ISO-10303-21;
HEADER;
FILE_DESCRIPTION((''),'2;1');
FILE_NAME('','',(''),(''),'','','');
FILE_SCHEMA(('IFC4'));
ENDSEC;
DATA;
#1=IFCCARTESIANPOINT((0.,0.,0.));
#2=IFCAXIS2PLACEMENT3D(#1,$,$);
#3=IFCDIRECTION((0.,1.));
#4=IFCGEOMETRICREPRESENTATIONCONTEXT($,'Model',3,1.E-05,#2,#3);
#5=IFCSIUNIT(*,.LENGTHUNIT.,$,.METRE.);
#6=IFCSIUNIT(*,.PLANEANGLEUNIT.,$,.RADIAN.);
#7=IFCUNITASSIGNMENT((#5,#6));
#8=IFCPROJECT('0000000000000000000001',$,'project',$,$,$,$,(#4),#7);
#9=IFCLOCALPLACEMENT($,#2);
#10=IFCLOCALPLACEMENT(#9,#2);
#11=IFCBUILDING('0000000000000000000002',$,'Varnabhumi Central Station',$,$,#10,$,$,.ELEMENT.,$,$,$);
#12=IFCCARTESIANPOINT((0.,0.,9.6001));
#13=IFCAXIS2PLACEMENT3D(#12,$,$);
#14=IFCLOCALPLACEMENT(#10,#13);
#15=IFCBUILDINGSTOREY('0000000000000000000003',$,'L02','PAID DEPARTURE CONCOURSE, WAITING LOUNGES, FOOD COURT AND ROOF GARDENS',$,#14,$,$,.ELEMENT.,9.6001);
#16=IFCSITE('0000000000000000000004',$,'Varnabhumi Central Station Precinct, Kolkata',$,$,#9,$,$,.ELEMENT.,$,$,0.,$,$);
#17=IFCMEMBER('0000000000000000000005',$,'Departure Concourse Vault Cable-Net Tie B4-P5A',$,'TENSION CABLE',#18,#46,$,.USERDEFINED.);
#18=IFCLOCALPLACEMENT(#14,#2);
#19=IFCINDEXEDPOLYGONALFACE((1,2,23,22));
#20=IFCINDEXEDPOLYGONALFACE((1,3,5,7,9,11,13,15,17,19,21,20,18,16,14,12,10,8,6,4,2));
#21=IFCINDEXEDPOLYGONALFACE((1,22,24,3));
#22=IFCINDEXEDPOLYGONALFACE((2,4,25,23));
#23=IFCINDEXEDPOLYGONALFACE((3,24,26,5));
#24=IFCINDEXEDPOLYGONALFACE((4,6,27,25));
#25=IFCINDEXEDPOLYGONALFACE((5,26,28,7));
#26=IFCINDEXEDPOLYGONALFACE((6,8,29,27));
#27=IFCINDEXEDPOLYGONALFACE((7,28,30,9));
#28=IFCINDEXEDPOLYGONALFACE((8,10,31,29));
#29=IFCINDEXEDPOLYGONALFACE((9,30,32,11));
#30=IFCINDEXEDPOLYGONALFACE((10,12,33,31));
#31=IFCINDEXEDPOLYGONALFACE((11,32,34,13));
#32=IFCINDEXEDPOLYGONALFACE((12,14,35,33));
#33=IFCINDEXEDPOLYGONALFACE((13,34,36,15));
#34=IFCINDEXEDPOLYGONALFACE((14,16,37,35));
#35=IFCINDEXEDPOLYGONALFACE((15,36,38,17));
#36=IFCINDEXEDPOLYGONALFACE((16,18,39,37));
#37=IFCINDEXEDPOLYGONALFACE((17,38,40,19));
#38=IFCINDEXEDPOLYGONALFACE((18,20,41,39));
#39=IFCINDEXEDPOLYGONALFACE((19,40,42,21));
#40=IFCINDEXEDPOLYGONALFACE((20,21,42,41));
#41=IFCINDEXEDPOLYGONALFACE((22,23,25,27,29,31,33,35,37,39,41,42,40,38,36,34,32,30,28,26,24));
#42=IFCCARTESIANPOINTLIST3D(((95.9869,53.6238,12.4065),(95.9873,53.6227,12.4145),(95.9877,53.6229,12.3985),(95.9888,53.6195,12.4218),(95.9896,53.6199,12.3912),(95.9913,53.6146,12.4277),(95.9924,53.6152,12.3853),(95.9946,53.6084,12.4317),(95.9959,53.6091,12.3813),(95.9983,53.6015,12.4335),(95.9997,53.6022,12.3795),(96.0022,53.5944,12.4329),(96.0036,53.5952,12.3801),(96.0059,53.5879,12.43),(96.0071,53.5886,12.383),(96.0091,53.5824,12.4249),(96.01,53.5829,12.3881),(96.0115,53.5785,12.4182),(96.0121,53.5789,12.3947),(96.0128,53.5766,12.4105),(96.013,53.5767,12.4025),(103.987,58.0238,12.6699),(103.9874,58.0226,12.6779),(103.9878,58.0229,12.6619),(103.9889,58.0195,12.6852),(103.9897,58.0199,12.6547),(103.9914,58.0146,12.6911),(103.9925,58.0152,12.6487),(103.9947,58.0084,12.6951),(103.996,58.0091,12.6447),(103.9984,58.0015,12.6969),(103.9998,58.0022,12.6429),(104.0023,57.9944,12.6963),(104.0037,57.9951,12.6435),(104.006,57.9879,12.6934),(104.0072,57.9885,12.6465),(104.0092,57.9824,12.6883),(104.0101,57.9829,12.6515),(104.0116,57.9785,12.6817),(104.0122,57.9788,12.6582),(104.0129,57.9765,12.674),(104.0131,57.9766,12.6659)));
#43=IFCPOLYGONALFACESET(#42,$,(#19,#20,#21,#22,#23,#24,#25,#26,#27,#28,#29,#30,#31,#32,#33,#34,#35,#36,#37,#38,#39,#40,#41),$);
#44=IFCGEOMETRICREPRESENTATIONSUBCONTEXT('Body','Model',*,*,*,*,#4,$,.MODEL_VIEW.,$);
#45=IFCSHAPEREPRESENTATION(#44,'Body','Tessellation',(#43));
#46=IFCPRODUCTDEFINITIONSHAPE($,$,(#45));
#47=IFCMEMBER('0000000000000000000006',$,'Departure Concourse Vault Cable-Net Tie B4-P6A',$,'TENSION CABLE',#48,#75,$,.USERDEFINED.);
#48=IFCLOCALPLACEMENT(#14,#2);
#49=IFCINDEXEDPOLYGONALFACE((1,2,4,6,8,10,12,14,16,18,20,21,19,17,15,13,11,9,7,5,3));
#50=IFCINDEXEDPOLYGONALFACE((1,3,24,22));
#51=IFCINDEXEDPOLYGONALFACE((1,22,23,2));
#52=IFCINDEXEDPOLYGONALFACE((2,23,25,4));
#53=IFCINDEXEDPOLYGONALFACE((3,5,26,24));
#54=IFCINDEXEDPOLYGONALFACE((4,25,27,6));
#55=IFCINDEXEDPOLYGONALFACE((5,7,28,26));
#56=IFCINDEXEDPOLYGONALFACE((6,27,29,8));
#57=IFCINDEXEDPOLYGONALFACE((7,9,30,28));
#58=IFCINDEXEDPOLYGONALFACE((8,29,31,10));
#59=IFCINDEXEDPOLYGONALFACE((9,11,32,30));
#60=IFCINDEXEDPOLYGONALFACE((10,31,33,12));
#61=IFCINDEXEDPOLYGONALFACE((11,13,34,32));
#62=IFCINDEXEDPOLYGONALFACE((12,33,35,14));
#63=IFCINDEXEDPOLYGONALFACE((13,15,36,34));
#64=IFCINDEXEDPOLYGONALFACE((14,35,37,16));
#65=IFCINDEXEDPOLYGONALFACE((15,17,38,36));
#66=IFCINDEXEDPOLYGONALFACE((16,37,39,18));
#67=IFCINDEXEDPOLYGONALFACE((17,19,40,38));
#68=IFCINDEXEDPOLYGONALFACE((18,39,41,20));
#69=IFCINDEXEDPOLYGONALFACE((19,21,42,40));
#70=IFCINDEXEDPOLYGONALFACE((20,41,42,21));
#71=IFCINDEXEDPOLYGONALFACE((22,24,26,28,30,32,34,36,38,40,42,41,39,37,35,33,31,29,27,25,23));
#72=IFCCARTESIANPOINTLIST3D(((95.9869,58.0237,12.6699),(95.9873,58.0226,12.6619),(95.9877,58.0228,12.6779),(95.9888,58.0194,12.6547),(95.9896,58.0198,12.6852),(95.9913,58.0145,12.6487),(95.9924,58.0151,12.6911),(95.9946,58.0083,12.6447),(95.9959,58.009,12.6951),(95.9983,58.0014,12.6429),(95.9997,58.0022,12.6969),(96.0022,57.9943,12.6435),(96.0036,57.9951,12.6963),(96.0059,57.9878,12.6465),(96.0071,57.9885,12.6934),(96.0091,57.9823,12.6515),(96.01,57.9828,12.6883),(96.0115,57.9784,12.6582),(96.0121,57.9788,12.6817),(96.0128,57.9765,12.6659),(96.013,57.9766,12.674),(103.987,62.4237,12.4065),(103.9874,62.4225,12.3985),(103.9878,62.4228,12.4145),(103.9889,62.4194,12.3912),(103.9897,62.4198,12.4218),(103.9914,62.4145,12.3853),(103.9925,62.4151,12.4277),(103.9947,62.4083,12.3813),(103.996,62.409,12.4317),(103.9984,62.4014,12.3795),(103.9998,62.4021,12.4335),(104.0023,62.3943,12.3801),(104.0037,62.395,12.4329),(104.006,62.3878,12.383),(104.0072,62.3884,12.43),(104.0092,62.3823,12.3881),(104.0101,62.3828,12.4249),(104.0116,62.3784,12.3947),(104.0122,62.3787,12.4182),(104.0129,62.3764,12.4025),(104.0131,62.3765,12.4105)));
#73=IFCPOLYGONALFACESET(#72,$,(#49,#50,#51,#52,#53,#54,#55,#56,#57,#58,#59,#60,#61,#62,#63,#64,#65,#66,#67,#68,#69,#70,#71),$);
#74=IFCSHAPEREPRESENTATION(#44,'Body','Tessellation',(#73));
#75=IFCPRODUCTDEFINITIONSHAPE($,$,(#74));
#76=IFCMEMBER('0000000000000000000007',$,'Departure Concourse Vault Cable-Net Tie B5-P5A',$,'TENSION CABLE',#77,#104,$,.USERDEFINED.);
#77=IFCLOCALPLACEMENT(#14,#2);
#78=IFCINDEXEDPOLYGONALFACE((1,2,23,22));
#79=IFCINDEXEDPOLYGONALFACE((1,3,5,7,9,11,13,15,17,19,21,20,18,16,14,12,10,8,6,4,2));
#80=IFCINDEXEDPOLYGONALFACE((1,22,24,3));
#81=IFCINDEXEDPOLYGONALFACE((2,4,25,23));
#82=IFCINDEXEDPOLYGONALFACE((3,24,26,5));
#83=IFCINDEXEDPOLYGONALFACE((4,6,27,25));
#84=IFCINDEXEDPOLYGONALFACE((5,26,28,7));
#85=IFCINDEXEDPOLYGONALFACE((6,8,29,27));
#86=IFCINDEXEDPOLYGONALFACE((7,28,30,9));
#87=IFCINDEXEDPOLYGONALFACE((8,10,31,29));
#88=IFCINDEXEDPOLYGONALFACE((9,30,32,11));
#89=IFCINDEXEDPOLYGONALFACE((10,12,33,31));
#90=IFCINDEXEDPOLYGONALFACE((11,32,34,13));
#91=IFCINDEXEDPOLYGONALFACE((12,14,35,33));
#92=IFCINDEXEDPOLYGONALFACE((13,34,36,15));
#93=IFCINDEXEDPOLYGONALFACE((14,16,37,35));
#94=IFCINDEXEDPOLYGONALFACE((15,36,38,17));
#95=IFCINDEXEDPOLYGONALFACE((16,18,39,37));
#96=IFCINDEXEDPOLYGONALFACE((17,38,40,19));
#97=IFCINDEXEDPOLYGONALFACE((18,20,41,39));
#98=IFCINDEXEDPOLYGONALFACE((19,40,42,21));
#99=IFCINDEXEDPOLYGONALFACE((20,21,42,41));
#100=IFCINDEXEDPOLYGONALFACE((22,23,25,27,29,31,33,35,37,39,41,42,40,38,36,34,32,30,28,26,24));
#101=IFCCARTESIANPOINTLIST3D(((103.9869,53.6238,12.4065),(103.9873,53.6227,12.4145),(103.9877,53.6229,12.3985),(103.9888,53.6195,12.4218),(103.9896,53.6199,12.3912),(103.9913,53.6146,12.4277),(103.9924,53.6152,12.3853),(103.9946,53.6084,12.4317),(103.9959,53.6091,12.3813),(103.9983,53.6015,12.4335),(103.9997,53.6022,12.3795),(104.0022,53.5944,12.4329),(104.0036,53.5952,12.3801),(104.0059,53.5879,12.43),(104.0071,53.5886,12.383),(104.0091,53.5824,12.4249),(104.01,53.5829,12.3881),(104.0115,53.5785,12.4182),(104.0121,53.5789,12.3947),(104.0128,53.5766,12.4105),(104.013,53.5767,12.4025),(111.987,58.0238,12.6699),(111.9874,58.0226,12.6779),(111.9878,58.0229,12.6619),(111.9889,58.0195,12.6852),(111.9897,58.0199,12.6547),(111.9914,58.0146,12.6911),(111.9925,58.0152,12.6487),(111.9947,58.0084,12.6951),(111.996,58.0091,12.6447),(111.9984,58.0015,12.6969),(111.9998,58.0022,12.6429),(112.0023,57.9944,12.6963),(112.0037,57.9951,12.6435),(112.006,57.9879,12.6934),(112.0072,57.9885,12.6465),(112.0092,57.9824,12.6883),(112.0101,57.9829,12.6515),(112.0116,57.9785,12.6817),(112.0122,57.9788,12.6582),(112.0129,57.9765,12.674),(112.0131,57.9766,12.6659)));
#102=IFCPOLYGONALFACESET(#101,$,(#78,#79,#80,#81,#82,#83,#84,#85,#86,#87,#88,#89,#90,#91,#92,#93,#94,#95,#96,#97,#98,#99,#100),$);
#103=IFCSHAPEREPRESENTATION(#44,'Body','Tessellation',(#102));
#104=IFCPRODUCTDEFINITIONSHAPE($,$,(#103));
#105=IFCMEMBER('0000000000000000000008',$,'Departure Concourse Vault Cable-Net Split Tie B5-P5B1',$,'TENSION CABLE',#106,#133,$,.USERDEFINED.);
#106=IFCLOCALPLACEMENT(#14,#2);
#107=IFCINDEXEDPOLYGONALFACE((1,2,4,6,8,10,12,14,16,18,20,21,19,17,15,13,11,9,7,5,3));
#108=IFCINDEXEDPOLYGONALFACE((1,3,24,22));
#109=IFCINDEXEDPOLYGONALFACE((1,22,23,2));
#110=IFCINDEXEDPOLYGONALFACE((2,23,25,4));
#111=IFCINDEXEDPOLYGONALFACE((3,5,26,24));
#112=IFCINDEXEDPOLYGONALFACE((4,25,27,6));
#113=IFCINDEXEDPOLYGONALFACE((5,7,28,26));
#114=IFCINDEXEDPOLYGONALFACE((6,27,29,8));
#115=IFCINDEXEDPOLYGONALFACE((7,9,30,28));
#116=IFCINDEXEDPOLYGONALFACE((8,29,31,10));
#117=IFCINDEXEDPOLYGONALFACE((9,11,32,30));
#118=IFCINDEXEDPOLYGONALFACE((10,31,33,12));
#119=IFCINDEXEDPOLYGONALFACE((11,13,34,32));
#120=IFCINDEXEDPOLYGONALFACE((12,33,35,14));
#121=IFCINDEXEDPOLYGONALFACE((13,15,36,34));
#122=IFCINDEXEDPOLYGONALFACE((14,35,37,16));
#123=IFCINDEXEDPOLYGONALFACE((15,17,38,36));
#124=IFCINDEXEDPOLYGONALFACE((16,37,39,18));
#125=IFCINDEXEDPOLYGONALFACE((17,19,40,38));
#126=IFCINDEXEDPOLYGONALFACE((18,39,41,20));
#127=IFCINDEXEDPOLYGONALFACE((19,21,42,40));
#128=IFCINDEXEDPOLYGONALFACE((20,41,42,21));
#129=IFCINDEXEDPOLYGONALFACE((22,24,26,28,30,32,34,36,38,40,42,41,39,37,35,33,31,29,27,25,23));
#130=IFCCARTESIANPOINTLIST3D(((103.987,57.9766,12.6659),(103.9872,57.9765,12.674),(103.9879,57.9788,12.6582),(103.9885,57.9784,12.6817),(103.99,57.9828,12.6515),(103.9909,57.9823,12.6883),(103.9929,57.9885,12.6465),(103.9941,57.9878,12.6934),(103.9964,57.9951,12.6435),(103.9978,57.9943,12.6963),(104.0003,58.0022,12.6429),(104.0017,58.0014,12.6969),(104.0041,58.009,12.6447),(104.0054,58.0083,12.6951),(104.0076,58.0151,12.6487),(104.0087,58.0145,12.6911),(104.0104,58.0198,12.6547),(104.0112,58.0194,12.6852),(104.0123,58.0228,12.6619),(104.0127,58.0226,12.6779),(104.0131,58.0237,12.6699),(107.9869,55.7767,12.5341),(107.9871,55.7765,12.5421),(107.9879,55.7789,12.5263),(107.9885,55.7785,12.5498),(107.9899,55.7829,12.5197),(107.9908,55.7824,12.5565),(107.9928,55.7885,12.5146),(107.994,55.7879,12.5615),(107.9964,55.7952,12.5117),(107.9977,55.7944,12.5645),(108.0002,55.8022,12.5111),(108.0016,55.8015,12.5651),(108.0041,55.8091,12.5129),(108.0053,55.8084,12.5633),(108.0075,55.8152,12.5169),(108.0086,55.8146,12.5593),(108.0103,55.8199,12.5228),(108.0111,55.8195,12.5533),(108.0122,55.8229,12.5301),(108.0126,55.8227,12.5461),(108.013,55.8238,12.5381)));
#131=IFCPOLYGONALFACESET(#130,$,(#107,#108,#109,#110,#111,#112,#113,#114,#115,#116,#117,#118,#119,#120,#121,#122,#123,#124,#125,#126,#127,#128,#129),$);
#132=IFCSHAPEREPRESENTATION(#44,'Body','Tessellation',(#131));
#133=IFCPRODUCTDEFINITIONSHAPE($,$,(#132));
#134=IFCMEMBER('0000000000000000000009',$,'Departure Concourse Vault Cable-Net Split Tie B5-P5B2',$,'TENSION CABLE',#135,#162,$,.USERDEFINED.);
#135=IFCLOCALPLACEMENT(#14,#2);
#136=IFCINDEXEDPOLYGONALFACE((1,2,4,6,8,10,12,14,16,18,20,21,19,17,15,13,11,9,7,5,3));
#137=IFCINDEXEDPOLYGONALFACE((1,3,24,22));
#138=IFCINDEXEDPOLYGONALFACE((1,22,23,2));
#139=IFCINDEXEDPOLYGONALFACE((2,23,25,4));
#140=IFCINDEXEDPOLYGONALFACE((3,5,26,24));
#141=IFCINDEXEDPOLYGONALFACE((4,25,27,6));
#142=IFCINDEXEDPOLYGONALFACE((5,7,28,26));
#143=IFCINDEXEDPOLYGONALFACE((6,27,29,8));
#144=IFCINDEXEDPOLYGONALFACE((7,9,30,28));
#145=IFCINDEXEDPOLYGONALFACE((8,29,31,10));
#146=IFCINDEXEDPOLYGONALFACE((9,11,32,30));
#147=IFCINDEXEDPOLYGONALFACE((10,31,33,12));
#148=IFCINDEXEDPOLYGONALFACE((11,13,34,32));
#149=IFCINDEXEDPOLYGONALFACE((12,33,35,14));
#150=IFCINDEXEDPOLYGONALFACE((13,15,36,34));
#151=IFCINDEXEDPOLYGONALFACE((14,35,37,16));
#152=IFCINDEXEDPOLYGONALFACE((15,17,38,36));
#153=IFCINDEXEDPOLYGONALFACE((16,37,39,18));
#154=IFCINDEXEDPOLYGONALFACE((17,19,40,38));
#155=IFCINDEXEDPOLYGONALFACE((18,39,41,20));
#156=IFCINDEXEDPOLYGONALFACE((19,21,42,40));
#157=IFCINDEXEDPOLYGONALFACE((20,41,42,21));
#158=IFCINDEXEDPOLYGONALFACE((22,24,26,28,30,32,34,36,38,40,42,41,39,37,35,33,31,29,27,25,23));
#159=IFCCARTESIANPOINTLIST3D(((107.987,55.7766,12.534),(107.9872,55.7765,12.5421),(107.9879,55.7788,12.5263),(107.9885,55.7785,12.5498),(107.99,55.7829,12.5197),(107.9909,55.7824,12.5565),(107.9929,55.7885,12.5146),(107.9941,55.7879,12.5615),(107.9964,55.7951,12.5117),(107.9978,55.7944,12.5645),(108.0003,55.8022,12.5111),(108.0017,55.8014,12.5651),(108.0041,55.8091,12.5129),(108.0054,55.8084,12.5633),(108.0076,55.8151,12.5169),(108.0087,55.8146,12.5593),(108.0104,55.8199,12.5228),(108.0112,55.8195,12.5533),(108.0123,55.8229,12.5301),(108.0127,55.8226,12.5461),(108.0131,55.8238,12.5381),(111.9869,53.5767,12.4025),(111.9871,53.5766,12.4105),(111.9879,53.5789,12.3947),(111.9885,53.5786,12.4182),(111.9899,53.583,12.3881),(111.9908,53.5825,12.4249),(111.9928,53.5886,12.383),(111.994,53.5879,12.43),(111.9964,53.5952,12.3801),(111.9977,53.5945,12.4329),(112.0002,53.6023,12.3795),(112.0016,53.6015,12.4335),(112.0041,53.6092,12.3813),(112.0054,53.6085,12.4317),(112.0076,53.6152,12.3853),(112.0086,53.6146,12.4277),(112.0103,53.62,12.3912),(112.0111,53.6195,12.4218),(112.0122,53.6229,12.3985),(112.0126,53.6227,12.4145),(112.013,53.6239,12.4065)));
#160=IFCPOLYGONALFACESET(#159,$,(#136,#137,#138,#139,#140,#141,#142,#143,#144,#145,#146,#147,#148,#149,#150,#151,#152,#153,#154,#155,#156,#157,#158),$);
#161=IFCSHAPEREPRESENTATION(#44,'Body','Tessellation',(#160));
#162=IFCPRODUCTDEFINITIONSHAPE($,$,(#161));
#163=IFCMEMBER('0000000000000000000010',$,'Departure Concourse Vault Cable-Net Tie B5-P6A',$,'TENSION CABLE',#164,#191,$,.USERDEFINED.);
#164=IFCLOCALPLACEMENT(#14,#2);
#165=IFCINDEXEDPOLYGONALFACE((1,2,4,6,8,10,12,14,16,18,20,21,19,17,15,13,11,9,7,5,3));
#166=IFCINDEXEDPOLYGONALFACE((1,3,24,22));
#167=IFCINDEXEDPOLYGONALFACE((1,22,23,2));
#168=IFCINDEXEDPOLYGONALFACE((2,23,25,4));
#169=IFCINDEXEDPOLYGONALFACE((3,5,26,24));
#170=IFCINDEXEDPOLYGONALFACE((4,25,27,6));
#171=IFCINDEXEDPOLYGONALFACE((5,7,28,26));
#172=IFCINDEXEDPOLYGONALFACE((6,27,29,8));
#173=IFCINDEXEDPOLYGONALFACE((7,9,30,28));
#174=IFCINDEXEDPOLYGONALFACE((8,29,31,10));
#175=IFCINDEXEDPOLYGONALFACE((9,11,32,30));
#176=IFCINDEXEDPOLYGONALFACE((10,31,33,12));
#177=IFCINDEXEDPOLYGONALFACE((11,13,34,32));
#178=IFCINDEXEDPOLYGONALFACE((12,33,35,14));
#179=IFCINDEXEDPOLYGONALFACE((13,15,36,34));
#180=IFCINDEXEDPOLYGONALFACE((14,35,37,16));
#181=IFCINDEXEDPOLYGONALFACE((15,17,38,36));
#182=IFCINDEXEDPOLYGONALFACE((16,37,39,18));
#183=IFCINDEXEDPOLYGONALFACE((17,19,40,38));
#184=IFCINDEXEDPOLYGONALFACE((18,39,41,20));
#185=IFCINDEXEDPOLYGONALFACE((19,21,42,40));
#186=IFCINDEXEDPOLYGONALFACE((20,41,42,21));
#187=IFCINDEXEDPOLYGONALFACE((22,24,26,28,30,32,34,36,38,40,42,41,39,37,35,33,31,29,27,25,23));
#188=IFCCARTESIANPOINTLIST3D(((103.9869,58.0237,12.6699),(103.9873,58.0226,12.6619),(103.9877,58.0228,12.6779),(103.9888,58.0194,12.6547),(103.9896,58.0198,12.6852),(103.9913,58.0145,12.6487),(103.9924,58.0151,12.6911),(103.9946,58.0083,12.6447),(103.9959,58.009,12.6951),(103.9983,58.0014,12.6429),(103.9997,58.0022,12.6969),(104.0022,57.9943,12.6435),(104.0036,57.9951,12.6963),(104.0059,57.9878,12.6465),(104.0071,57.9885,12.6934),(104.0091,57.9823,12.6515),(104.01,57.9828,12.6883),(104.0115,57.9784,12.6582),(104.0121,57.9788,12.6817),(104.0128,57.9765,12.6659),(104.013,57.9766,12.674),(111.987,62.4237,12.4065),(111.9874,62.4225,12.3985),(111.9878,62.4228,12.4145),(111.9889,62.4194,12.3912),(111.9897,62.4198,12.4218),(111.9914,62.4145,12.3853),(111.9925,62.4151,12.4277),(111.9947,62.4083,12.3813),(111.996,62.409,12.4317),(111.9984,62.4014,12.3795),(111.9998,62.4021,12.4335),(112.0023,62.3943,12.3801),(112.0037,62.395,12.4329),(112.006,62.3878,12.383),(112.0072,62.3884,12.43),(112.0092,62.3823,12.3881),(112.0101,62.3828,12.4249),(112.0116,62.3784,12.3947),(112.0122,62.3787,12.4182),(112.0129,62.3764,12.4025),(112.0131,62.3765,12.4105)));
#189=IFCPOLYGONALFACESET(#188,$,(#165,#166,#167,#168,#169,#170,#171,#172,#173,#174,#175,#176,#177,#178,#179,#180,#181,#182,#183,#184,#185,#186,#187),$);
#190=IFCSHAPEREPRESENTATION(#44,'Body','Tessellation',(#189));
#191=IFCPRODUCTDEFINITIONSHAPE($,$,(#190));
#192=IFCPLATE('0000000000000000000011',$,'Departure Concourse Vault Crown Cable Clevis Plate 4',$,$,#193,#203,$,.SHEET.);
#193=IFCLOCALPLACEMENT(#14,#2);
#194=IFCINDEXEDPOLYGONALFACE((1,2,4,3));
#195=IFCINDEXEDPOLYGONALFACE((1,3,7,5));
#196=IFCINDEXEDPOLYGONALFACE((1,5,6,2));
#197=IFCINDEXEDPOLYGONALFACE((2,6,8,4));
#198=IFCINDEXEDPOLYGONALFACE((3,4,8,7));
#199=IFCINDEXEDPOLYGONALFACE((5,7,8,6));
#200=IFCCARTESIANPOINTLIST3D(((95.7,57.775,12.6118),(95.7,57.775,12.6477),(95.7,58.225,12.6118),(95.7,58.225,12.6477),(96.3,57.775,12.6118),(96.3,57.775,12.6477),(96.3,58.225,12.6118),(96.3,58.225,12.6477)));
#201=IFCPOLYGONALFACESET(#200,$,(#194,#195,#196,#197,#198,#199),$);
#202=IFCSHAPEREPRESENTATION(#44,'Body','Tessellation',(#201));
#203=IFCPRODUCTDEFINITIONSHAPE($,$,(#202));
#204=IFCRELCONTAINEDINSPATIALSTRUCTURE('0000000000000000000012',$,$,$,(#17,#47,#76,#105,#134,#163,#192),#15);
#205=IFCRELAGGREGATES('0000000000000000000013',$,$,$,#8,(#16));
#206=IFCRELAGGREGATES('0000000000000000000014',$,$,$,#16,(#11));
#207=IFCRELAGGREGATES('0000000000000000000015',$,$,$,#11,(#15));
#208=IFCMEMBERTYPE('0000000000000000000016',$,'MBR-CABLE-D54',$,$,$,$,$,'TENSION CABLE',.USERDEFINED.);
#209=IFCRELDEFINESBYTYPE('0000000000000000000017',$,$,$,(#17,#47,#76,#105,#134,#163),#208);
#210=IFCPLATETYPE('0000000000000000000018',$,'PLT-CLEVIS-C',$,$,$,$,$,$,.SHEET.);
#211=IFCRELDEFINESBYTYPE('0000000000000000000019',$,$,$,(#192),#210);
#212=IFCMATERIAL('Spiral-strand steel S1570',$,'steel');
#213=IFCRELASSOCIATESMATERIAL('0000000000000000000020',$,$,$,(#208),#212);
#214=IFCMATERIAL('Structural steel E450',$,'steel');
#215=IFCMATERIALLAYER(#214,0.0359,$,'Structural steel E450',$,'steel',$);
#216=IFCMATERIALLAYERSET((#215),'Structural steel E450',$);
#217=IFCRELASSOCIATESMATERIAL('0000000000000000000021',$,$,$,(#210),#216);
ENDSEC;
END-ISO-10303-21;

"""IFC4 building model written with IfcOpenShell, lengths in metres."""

from ifc_helpers import new_model, si_unit, direction, frame, origin, origin_2d, place, context, subcontext, project, spatial, rectangle, circle, extrude, material, layer, layer_set, material_profile, profile_set, type_object, element, save


model = new_model("IFC4")

# Units and contexts
model_context = context("Model", 3, precision=1e-05, world=origin(), true_north=direction((0.0, 1.0)))
body_context = subcontext(model_context, "Body", "Model", "MODEL_VIEW")
ifc_project = project(units=[si_unit("LENGTHUNIT", "METRE"), si_unit("PLANEANGLEUNIT", "RADIAN")], contexts=[model_context])

# Site, building, storey
site_placement = place(None, origin())
site = spatial("IfcSite", under=ifc_project, at=site_placement, Name="Varnabhumi Central Station Precinct, Kolkata", CompositionType="ELEMENT", RefElevation=0.0)
building_placement = place(site_placement, origin())
building = spatial("IfcBuilding", under=site, at=building_placement, Name="Varnabhumi Central Station", CompositionType="ELEMENT")
storey_placement = place(building_placement, frame((0.0, 0.0, 9.6001)))
storey = spatial("IfcBuildingStorey", under=building, at=storey_placement, Name="L02", Description="PAID DEPARTURE CONCOURSE, WAITING LOUNGES, FOOD COURT AND ROOF GARDENS", CompositionType="ELEMENT", Elevation=9.6001)

# Members
ifc_material_1 = material(Name="Spiral-strand steel S1570", Category="steel")
ifc_material_profile_1 = material_profile(ifc_material_1, circle(Radius=0.0271, at=origin_2d()), Name="Spiral-strand steel S1570", Category="steel")
ifc_profile_set_1 = profile_set([ifc_material_profile_1], Name="Spiral-strand steel S1570")
member_type = type_object("IfcMemberType", Name="MBR-CABLE-D54", ElementType="TENSION CABLE", PredefinedType="USERDEFINED", material=ifc_profile_set_1)
for number, where, z_axis, x_axis, name in (
    (1, (96.0, 53.6001, 12.4065), (0.875856, 0.48171, 0.028841), (-0.481911, 0.87622, 0.0), "Departure Concourse Vault Cable-Net Tie B4-P5A"),
    (2, (96.0, 58.0, 12.6699), (0.875856, 0.48171, -0.028841), (-0.481911, 0.87622, 0.0), "Departure Concourse Vault Cable-Net Tie B4-P6A"),
    (3, (104.0, 53.6001, 12.4065), (0.875856, 0.48171, 0.028841), (-0.481911, 0.87622, 0.0), "Departure Concourse Vault Cable-Net Tie B5-P5A"),
):
    element("IfcMember", number, at=place(storey_placement, frame(where, z_axis=z_axis, x_axis=x_axis)), inside=storey, type_object=member_type, Name=name, ObjectType="TENSION CABLE", PredefinedType="USERDEFINED", context=body_context, shape_type="SweptSolid", body=[
        extrude(circle(Radius=0.0271, at=origin_2d()), origin(), (0.0, 0.0, 1.0), 9.134),
    ])
for number, where, z_axis, x_axis, name in (
    (4, (104.0, 58.0, 12.6699), (0.875855, -0.48171, -0.028867), (0.481911, 0.87622, 0.0), "Departure Concourse Vault Cable-Net Split Tie B5-P5B1"),
    (5, (108.0, 55.8, 12.5381), (0.875857, -0.48171, -0.028814), (0.481911, 0.87622, 0.0), "Departure Concourse Vault Cable-Net Split Tie B5-P5B2"),
):
    element("IfcMember", number, at=place(storey_placement, frame(where, z_axis=z_axis, x_axis=x_axis)), inside=storey, type_object=member_type, Name=name, ObjectType="TENSION CABLE", PredefinedType="USERDEFINED", context=body_context, shape_type="SweptSolid", body=[
        extrude(circle(Radius=0.0271, at=origin_2d()), origin(), (0.0, 0.0, 1.0), 4.5669),
    ])
member_1_placement = place(storey_placement, frame((104.0, 58.0, 12.6699), z_axis=(0.875856, 0.48171, -0.028841), x_axis=(-0.481911, 0.87622, 0.0)))
element("IfcMember", 6, at=member_1_placement, inside=storey, type_object=member_type, Name="Departure Concourse Vault Cable-Net Tie B5-P6A", ObjectType="TENSION CABLE", PredefinedType="USERDEFINED", context=body_context, shape_type="SweptSolid", body=[
    extrude(circle(Radius=0.0271, at=origin_2d()), origin(), (0.0, 0.0, 1.0), 9.134),
])

# Plate
ifc_material_2 = material(Name="Structural steel E450", Category="steel")
ifc_layer_1 = layer(ifc_material_2, 0.0359, Name="Structural steel E450", Category="steel")
ifc_layer_set_1 = layer_set([ifc_layer_1], Name="Structural steel E450")
plate_type = type_object("IfcPlateType", Name="PLT-CLEVIS-C", PredefinedType="SHEET", material=ifc_layer_set_1)
for number, where, z_axis, x_axis, name in (
    (7, (96.0, 58.0, 12.6118), (0.0, 0.0, 1.0), (1.0, 0.0, 0.0), "Departure Concourse Vault Crown Cable Clevis Plate 4"),
):
    element("IfcPlate", number, at=place(storey_placement, frame(where, z_axis=z_axis, x_axis=x_axis)), inside=storey, type_object=plate_type, Name=name, PredefinedType="SHEET", context=body_context, shape_type="SweptSolid", body=[
        extrude(rectangle(XDim=0.6001, YDim=0.45, at=origin_2d()), origin(), (0.0, 0.0, 1.0), 0.0359),
    ])

save(model, "model.ifc")
